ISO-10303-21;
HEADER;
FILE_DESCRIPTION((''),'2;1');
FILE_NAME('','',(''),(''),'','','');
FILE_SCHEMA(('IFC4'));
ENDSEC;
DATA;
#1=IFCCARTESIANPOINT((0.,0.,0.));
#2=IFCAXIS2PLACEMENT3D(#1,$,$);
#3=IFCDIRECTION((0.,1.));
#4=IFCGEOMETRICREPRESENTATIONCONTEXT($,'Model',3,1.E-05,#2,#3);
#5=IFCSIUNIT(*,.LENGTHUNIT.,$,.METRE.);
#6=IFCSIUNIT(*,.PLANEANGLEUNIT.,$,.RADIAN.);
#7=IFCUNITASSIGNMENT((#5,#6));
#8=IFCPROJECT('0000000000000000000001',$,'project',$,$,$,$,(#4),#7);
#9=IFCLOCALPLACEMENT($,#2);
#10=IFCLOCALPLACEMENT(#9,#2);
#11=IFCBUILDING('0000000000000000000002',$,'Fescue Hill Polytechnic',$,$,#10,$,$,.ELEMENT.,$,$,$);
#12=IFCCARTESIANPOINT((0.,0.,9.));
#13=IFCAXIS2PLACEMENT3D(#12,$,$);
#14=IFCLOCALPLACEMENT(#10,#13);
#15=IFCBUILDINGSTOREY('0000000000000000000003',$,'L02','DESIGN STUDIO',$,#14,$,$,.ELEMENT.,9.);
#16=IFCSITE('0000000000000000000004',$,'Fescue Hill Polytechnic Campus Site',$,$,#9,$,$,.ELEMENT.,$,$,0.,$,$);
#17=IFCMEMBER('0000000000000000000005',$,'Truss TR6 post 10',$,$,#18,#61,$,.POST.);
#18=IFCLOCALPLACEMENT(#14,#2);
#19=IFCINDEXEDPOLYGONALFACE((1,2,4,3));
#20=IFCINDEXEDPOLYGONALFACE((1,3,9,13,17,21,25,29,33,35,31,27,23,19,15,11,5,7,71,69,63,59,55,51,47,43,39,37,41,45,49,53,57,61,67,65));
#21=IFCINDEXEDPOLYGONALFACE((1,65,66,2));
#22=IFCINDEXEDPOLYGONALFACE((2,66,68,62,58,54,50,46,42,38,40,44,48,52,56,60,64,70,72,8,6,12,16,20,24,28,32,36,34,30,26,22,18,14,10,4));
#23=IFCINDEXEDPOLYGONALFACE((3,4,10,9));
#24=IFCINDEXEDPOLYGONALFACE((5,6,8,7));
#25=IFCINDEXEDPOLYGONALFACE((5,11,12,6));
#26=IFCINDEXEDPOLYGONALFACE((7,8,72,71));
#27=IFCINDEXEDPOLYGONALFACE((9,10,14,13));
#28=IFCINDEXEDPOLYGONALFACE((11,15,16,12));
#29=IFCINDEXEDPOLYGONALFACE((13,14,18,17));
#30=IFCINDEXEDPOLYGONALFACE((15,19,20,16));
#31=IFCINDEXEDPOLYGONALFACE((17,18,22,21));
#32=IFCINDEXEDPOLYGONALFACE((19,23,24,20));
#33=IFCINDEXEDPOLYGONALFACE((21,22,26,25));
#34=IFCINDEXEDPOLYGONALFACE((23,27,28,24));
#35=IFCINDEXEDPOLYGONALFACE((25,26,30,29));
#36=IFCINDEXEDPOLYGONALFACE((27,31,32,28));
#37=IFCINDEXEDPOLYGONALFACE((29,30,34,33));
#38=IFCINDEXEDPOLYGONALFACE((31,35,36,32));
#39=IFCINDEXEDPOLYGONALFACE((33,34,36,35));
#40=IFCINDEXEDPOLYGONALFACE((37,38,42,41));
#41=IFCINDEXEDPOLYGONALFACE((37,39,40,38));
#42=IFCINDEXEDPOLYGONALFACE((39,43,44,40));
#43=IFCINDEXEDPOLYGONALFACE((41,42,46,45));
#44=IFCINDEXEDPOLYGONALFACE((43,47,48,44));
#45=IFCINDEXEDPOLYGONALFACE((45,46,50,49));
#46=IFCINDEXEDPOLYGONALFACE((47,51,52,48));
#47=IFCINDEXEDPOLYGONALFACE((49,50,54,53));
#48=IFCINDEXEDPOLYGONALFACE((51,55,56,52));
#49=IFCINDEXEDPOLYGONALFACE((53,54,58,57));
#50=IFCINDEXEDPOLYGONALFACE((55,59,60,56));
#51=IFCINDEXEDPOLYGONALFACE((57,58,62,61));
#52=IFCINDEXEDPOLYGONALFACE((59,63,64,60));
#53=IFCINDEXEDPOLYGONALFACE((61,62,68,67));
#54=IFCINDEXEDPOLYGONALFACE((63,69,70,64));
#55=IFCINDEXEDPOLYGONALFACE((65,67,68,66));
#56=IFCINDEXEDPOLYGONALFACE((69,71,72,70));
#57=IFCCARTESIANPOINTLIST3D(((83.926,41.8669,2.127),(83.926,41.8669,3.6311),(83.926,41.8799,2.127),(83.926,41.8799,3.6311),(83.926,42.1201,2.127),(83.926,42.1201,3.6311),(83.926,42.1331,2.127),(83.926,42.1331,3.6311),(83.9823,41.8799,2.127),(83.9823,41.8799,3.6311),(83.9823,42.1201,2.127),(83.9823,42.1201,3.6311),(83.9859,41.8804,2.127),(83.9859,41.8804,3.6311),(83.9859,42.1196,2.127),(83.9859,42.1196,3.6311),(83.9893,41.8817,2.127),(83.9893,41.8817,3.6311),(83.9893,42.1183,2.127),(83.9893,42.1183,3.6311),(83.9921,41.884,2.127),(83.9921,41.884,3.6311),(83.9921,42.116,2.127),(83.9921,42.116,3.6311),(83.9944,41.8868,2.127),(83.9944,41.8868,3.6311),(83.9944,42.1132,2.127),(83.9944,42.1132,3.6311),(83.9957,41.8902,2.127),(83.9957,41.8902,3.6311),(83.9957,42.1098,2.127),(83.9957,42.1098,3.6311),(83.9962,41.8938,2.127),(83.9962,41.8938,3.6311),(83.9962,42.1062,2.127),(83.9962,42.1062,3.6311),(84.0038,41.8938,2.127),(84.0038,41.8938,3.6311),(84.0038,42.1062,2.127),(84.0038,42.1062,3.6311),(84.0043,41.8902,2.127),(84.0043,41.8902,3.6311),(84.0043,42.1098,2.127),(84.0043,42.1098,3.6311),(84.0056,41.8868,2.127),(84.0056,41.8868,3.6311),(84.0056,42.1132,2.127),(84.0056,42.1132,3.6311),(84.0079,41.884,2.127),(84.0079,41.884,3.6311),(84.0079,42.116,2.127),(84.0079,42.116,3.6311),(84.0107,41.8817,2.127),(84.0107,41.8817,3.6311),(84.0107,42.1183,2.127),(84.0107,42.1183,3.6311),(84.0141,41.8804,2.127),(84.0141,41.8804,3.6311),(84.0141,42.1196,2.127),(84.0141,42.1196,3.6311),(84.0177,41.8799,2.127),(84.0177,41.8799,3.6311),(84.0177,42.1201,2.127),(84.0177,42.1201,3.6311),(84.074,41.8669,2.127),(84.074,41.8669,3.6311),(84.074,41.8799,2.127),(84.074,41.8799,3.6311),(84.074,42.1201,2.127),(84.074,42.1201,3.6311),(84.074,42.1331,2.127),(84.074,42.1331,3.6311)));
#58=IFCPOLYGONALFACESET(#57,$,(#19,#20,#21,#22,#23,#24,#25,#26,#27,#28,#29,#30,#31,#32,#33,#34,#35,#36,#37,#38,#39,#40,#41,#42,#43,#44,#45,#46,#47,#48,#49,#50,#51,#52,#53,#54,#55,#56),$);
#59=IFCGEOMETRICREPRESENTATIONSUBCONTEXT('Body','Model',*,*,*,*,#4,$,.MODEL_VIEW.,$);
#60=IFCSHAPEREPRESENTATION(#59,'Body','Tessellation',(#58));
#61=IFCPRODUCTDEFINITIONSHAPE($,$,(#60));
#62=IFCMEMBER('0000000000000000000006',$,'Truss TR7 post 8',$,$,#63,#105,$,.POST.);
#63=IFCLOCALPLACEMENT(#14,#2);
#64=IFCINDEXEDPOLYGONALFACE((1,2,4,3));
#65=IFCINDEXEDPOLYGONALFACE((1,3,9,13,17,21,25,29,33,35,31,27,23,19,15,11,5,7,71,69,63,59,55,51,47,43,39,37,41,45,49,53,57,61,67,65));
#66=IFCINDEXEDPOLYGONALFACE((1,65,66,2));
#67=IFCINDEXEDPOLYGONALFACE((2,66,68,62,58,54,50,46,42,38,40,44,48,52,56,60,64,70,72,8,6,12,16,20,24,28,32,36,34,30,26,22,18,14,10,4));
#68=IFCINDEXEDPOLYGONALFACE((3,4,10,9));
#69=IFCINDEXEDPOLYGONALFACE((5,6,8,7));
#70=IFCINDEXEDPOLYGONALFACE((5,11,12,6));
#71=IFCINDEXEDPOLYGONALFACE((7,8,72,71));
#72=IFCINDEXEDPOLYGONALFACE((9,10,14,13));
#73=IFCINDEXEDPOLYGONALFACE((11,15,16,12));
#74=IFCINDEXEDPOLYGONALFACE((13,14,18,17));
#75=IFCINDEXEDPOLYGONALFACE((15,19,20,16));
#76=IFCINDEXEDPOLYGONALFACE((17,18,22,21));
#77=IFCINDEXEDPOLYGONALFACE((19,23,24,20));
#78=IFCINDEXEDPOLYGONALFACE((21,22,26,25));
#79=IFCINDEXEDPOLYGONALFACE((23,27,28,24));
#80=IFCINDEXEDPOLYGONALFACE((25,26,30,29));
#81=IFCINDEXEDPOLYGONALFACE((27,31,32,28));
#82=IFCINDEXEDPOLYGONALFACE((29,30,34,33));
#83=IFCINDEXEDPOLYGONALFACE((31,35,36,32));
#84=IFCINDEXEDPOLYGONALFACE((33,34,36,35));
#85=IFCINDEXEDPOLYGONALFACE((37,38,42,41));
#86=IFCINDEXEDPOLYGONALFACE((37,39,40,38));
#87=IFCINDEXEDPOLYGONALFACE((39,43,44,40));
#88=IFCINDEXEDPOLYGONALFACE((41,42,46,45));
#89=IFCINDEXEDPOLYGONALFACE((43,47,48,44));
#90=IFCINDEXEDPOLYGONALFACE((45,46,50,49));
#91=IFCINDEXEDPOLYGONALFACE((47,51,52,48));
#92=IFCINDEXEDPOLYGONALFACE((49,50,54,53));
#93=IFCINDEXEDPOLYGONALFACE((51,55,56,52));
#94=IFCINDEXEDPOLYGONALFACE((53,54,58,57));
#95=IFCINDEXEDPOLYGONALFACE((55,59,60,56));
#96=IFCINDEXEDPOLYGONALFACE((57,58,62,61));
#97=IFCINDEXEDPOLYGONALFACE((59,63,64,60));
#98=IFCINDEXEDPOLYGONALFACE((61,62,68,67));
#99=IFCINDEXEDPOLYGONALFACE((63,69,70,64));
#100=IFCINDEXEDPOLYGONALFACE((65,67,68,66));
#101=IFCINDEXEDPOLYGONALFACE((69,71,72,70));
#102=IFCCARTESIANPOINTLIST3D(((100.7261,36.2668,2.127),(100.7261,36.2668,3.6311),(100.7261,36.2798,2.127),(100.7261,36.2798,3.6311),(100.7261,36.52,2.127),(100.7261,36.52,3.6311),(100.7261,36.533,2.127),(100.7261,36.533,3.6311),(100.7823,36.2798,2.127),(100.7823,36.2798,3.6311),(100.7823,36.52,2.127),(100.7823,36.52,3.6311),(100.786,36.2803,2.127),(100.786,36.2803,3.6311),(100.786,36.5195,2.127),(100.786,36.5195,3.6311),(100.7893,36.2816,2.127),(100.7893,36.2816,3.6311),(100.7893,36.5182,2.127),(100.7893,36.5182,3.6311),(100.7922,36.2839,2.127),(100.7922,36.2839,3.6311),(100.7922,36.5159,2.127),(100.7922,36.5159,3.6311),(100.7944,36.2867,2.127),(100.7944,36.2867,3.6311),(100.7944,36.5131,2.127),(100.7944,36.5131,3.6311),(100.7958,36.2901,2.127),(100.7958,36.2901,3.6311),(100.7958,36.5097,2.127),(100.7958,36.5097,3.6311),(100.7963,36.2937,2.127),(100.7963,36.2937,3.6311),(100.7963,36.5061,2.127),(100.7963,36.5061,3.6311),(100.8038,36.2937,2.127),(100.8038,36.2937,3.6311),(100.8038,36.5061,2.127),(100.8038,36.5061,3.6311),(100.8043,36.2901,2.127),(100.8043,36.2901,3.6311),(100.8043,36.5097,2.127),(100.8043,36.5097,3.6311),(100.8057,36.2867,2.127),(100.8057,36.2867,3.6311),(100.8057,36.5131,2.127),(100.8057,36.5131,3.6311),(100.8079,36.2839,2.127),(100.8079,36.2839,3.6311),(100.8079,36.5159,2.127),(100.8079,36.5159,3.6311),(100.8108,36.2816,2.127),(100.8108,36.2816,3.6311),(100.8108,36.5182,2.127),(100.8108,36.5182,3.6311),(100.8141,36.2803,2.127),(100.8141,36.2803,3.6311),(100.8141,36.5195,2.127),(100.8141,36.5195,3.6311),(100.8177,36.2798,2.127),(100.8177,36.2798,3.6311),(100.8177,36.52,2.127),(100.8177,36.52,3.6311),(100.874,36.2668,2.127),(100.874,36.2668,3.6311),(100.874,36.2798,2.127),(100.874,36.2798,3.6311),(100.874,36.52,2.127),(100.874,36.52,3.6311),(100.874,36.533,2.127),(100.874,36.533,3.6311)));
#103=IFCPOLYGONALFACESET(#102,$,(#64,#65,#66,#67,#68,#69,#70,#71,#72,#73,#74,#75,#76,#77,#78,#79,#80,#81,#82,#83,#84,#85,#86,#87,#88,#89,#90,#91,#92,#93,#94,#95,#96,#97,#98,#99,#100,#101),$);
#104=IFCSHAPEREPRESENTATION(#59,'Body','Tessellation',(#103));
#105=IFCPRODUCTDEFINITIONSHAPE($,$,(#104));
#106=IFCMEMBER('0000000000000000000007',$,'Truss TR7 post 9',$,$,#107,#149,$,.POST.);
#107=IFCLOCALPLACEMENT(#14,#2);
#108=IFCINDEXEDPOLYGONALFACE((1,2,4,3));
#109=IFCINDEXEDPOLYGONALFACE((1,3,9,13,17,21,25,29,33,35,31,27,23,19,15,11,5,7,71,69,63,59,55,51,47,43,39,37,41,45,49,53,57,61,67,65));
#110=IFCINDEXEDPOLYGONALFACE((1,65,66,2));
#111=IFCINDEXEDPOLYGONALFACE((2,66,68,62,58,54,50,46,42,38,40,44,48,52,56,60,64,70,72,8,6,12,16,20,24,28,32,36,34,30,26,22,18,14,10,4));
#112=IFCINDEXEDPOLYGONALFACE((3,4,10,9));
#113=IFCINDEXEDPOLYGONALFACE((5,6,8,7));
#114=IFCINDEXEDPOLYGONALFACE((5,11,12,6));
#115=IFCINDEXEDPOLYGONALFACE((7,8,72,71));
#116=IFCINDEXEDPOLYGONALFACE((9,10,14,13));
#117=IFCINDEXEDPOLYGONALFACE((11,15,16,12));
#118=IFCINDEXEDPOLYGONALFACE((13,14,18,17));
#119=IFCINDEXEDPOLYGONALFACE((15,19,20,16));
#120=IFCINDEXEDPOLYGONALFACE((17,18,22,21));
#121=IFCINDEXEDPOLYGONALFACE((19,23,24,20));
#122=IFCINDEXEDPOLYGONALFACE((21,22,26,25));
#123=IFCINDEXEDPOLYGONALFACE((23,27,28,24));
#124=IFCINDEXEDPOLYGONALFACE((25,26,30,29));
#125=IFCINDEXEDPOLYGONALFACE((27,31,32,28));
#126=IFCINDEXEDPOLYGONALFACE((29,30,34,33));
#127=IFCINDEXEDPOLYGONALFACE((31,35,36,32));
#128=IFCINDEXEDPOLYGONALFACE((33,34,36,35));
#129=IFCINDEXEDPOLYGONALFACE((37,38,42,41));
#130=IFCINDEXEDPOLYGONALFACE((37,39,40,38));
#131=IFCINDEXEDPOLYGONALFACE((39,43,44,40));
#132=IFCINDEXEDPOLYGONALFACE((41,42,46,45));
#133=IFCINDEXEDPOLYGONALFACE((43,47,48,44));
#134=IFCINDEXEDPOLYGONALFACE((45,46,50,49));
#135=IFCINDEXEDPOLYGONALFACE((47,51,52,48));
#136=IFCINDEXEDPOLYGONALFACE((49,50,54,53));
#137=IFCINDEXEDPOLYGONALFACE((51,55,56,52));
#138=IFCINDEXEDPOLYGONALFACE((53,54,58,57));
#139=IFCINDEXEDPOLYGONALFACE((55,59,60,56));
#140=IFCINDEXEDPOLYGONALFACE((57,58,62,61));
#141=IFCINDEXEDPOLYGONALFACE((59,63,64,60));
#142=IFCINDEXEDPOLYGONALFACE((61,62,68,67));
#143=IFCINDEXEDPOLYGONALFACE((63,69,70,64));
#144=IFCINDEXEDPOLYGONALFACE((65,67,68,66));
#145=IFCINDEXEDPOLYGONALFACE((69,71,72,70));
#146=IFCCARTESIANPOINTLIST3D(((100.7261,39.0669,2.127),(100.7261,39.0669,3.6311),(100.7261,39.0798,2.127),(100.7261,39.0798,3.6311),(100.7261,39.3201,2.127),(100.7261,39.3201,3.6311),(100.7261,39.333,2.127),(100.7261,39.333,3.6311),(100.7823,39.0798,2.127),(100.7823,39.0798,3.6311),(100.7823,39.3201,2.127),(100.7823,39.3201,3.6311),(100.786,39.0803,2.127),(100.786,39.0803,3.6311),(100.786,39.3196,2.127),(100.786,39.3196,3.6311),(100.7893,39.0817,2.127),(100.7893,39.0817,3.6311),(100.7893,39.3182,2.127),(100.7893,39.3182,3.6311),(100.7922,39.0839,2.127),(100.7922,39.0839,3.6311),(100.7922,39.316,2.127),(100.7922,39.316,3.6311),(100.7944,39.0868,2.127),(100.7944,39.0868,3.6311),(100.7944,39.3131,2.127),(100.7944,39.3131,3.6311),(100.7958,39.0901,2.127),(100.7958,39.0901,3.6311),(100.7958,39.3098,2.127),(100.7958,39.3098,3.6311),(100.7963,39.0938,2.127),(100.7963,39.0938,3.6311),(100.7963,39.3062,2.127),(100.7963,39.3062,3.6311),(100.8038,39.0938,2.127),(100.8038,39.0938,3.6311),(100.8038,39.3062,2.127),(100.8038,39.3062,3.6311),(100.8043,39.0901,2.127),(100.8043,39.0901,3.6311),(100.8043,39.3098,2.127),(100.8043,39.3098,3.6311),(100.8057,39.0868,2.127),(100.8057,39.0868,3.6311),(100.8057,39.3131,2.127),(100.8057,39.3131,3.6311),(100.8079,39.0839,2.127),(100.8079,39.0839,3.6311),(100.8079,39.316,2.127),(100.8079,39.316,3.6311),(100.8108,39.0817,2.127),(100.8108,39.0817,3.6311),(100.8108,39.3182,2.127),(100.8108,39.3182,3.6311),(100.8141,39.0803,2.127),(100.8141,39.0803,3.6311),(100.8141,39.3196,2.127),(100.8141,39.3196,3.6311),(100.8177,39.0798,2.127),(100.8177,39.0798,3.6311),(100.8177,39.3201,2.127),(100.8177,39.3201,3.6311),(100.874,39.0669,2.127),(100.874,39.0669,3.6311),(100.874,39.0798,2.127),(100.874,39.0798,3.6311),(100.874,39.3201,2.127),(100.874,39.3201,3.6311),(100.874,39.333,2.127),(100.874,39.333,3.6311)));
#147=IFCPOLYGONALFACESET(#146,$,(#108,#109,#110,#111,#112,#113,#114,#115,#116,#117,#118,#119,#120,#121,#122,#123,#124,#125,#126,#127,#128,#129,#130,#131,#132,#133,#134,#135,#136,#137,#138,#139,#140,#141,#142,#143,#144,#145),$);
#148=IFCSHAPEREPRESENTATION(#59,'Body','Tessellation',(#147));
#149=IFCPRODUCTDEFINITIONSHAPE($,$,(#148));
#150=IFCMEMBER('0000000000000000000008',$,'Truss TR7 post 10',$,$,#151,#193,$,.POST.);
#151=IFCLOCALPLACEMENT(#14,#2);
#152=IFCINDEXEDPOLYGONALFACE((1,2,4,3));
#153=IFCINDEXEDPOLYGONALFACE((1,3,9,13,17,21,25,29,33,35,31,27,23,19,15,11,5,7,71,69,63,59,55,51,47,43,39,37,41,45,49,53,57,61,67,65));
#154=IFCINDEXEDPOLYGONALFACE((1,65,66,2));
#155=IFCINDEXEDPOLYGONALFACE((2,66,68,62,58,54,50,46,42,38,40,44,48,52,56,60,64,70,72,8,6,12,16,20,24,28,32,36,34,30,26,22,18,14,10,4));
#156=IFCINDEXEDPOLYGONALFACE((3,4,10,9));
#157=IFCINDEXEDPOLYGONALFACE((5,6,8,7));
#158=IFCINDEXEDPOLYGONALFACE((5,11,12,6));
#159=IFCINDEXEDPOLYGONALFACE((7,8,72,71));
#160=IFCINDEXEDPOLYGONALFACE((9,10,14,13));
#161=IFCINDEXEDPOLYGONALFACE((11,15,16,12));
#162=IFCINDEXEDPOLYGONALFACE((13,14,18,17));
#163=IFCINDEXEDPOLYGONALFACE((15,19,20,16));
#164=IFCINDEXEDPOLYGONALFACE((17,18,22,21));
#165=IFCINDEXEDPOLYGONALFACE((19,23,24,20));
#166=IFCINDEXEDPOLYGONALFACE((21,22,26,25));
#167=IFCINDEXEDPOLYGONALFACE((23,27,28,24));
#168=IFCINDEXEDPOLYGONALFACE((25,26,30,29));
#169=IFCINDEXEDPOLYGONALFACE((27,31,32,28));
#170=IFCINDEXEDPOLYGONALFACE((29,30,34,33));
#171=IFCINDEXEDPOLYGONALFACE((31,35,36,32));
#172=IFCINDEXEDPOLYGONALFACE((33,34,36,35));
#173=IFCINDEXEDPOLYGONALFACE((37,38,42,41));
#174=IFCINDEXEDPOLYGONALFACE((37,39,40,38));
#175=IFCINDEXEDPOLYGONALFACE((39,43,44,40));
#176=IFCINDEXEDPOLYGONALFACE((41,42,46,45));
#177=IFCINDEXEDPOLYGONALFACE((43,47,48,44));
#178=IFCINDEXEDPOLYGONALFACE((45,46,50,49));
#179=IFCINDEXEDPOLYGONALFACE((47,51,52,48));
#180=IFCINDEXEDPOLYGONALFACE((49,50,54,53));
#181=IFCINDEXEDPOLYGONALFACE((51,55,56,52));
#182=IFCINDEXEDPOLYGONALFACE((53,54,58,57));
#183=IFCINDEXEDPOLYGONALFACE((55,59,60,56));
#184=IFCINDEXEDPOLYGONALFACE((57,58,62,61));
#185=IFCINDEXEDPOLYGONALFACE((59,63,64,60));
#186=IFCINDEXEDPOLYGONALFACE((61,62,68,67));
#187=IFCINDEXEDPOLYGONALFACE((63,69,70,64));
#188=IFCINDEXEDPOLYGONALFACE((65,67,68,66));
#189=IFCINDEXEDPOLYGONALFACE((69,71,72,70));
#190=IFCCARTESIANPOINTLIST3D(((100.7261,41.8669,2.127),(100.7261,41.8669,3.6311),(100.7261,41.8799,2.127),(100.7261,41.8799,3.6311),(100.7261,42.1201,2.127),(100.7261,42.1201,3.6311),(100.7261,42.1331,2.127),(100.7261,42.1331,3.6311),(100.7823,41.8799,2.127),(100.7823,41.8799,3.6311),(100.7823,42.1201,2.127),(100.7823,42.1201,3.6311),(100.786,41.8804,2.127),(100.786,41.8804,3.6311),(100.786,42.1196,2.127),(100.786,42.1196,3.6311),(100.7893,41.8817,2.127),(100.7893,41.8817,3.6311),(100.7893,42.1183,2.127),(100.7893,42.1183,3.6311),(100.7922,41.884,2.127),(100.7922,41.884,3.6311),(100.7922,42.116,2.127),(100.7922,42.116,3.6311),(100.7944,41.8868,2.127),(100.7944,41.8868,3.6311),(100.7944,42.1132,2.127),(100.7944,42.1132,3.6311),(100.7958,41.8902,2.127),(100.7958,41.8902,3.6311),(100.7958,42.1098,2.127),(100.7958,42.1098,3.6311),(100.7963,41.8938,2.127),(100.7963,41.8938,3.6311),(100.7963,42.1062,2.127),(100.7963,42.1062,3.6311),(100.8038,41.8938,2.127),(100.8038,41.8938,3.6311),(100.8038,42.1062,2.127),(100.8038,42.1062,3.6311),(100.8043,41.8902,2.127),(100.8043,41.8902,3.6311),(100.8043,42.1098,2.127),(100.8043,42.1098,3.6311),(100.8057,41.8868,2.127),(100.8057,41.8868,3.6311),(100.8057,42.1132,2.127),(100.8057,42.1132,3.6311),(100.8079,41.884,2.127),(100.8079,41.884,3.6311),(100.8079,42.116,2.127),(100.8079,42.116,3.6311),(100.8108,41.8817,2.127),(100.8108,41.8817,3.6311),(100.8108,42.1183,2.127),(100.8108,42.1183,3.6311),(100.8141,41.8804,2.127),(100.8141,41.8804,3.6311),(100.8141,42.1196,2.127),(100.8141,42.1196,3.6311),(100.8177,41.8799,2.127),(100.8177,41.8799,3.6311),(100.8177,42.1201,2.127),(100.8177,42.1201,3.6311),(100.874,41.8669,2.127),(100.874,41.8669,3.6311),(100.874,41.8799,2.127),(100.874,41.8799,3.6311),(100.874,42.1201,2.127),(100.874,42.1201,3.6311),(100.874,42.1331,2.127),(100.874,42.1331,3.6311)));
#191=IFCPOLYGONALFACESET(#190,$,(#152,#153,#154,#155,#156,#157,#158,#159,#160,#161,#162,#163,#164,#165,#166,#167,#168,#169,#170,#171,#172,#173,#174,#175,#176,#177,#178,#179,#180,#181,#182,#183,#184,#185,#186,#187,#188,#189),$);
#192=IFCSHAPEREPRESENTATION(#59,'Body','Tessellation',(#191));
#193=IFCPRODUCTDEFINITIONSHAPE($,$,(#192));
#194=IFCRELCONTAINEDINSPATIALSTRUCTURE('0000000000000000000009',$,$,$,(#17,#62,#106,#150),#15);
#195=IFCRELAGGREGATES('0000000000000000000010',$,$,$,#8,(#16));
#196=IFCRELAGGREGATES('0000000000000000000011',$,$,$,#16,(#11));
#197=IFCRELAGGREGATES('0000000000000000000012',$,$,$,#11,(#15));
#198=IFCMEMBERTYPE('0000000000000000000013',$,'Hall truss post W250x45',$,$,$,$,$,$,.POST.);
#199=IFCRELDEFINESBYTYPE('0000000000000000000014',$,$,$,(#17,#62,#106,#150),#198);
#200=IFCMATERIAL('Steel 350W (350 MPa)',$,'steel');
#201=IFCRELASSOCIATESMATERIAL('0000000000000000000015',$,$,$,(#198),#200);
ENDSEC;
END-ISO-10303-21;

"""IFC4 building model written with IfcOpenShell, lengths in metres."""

from ifc_helpers import new_model, si_unit, direction, frame, origin, origin_2d, place, context, subcontext, project, spatial, i_section, extrude, material, material_profile, profile_set, type_object, element, save


model = new_model("IFC4")

# Units and contexts
model_context = context("Model", 3, precision=1e-05, world=origin(), true_north=direction((0.0, 1.0)))
body_context = subcontext(model_context, "Body", "Model", "MODEL_VIEW")
ifc_project = project(units=[si_unit("LENGTHUNIT", "METRE"), si_unit("PLANEANGLEUNIT", "RADIAN")], contexts=[model_context])

# Site, building, storey
site_placement = place(None, origin())
site = spatial("IfcSite", under=ifc_project, at=site_placement, Name="Fescue Hill Polytechnic Campus Site", CompositionType="ELEMENT", RefElevation=0.0)
building_placement = place(site_placement, origin())
building = spatial("IfcBuilding", under=site, at=building_placement, Name="Fescue Hill Polytechnic", CompositionType="ELEMENT")
storey_placement = place(building_placement, frame((0.0, 0.0, 9.0)))
storey = spatial("IfcBuildingStorey", under=building, at=storey_placement, Name="L02", Description="DESIGN STUDIO", CompositionType="ELEMENT", Elevation=9.0)

# Members
ifc_material = material(Name="Steel 350W (350 MPa)", Category="steel")
ifc_material_profile_1 = material_profile(ifc_material, i_section(OverallWidth=0.1479, OverallDepth=0.2661, WebThickness=0.0076, FlangeThickness=0.0129, FilletRadius=0.0139, at=origin_2d()), Name="W250x45")
ifc_profile_set_1 = profile_set([ifc_material_profile_1], Name="Steel 350W (350 MPa)")
member_type_1 = type_object("IfcMemberType", Name="Hall truss post W250x45", PredefinedType="POST", material=ifc_profile_set_1)
for number, where, z_axis, x_axis, name in (
    (1, (84.0, 42.0, 2.127), (0.0, 0.0, 1.0), (1.0, 0.0, 0.0), "Truss TR6 post 10"),
    (2, (100.8, 36.3999, 2.127), (0.0, 0.0, 1.0), (1.0, 0.0, 0.0), "Truss TR7 post 8"),
    (3, (100.8, 39.2, 2.127), (0.0, 0.0, 1.0), (1.0, 0.0, 0.0), "Truss TR7 post 9"),
    (4, (100.8, 42.0, 2.127), (0.0, 0.0, 1.0), (1.0, 0.0, 0.0), "Truss TR7 post 10"),
):
    element("IfcMember", number, at=place(storey_placement, frame(where, z_axis=z_axis, x_axis=x_axis)), inside=storey, type_object=member_type_1, Name=name, PredefinedType="POST", context=body_context, shape_type="SweptSolid", body=[
        extrude(i_section(OverallWidth=0.1479, OverallDepth=0.2661, WebThickness=0.0076, FlangeThickness=0.0129, FilletRadius=0.0139, at=origin_2d()), origin(), (0.0, 0.0, 1.0), 1.5042),
    ])

save(model, "model.ifc")
